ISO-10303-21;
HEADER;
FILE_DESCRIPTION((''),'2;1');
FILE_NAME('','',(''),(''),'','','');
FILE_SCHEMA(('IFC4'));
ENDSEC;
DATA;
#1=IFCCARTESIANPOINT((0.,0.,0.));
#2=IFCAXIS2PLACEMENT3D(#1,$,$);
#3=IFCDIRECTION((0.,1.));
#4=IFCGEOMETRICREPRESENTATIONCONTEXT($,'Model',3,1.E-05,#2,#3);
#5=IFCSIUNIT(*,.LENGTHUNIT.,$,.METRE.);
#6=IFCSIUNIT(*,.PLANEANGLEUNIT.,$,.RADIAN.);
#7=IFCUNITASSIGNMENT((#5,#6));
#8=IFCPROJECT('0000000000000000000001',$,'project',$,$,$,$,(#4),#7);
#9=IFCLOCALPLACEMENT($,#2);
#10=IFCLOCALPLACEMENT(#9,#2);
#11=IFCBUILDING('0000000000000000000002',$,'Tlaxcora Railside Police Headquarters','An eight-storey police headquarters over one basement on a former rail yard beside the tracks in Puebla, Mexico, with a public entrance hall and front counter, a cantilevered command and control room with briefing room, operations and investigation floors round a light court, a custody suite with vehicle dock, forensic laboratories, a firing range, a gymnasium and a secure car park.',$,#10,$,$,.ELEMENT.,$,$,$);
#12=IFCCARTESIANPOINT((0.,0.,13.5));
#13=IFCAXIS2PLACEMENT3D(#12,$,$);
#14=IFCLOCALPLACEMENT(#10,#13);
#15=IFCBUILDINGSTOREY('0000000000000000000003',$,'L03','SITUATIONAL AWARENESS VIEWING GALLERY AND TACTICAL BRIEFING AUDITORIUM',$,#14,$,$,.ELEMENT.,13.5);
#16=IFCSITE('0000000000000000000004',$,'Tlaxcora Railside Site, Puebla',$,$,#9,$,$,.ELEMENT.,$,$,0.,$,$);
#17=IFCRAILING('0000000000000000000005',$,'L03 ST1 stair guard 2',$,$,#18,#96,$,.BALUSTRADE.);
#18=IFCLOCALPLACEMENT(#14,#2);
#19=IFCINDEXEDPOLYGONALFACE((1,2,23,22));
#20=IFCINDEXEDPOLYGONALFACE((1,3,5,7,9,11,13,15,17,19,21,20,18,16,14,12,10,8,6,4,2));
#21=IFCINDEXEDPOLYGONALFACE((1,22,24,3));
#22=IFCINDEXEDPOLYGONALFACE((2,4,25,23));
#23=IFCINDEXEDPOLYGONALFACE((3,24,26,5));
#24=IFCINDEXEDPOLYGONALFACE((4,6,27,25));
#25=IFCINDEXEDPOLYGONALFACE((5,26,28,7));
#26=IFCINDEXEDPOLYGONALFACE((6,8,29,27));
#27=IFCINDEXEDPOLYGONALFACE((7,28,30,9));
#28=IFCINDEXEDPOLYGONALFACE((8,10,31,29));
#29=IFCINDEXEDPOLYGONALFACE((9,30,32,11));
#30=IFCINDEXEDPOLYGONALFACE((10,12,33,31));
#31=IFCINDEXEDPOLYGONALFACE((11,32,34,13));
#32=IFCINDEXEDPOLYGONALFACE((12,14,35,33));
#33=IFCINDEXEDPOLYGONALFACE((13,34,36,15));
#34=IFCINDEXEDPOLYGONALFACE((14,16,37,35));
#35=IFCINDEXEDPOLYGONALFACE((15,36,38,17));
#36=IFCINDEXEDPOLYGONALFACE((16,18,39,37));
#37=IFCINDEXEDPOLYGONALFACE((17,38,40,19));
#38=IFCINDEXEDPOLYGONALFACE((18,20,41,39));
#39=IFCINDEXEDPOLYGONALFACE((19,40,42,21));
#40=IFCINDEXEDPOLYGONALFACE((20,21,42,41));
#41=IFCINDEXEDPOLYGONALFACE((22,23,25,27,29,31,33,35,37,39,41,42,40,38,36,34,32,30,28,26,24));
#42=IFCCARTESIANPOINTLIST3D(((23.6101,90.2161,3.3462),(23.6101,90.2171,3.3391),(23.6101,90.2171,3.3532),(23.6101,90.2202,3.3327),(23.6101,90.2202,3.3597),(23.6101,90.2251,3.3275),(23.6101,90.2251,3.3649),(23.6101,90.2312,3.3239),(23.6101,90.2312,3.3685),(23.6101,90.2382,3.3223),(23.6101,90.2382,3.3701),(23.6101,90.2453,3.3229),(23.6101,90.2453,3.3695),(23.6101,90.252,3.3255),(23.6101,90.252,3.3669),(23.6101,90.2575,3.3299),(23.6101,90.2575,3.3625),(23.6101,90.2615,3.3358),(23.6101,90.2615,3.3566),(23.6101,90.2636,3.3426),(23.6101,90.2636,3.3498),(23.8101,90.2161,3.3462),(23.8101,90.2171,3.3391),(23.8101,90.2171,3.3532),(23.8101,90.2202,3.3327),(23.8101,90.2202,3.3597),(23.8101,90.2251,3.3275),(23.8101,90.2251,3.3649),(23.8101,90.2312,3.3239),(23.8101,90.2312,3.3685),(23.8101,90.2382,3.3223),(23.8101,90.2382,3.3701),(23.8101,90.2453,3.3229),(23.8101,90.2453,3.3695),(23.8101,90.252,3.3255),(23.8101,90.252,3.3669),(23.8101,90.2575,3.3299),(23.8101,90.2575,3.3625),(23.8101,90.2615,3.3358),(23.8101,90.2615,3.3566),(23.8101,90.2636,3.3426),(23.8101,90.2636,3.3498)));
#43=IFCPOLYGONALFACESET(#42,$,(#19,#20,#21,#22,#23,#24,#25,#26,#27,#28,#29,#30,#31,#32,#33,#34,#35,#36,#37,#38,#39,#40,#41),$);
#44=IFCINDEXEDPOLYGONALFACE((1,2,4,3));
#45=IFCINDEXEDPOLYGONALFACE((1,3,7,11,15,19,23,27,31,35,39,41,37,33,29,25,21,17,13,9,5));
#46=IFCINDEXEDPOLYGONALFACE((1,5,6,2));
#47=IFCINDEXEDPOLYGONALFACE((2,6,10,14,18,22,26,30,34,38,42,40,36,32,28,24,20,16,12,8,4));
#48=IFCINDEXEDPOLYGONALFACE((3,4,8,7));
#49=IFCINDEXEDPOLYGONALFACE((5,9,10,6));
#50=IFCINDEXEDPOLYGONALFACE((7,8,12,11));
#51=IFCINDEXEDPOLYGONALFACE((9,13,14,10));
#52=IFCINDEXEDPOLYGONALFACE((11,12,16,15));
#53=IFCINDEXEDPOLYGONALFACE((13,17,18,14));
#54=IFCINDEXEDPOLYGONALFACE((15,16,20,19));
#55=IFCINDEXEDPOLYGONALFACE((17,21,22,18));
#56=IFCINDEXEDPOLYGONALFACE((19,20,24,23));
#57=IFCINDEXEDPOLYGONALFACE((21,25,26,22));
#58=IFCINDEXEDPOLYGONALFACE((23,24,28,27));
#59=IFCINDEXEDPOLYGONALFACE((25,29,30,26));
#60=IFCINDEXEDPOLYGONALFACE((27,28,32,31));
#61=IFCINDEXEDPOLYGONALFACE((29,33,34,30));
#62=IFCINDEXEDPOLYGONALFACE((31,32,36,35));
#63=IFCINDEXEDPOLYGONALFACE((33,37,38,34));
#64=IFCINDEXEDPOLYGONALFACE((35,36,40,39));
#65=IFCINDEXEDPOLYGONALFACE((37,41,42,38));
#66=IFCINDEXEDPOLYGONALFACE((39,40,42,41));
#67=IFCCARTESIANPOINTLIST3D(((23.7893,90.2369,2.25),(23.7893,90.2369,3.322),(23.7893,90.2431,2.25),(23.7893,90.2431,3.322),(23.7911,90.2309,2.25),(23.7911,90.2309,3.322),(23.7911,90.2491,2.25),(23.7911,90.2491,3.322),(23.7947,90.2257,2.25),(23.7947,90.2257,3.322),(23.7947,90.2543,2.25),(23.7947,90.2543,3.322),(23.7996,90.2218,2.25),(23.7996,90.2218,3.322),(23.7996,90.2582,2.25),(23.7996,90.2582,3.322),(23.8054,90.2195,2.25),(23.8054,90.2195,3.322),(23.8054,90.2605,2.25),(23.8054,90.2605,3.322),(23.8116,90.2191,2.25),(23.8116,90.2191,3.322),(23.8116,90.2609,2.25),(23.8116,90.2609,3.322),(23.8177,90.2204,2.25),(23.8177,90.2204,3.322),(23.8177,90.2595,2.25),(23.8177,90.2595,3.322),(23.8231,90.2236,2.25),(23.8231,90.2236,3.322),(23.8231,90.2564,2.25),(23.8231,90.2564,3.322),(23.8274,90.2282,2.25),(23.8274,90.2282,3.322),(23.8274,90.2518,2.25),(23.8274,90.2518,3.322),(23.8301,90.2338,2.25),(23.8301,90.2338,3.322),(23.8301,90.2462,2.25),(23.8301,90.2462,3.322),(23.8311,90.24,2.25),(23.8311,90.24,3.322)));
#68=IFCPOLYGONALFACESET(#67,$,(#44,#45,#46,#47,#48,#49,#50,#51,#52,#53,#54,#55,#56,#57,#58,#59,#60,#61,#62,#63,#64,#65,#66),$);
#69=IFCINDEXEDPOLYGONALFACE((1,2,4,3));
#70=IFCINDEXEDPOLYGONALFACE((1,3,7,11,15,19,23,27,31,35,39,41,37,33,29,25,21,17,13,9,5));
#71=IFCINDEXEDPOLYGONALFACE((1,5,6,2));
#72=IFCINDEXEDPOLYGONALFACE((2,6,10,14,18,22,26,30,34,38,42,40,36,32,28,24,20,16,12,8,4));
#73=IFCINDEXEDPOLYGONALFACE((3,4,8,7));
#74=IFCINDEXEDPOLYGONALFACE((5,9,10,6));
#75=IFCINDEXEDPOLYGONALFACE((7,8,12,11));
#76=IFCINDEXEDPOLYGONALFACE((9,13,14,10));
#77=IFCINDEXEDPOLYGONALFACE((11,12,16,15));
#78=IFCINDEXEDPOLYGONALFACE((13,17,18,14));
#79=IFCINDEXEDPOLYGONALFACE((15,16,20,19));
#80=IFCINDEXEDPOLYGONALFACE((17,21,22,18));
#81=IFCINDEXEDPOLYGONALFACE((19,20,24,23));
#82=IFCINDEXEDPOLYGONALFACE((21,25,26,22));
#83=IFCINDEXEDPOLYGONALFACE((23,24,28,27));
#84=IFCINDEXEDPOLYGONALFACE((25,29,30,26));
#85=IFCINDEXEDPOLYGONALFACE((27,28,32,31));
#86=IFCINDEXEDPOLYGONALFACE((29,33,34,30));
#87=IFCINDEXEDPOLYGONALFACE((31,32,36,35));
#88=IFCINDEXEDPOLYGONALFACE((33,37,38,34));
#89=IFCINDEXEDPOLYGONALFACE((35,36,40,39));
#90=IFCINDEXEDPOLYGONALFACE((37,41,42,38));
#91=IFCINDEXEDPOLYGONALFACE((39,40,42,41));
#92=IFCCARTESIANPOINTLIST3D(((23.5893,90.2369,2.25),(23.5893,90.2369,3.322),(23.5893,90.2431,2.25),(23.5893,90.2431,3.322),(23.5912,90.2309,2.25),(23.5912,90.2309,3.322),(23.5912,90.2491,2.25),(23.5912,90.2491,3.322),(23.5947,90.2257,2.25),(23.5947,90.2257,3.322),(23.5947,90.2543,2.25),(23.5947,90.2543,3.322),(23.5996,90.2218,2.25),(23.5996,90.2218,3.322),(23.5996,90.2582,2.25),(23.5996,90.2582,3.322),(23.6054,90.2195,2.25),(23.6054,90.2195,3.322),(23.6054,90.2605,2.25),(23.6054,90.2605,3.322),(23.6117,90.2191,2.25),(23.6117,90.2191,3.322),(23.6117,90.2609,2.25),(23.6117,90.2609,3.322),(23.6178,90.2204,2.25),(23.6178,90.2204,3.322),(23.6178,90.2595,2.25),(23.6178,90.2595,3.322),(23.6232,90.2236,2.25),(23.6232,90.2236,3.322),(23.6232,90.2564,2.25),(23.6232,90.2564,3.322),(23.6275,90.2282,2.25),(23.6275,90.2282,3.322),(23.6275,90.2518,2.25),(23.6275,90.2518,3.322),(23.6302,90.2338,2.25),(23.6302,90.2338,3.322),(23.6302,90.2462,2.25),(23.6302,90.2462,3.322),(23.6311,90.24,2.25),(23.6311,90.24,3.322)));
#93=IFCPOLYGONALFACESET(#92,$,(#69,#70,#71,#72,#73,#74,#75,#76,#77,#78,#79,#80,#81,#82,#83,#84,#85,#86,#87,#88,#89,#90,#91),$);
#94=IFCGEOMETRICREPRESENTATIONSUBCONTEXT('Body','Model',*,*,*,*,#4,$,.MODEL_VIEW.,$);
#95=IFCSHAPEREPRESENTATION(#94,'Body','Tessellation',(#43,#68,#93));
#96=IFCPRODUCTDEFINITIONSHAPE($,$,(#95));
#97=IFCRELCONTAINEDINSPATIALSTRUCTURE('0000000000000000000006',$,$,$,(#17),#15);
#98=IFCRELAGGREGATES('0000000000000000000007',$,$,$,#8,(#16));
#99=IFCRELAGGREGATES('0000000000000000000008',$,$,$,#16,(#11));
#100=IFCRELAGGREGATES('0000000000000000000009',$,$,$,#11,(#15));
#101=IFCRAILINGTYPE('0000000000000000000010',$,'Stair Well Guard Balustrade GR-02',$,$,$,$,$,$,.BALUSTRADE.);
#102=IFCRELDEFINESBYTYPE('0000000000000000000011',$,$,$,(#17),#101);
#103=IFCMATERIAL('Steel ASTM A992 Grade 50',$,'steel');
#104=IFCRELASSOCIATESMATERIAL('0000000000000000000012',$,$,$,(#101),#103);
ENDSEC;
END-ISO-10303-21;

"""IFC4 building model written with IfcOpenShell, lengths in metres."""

from ifc_helpers import new_model, si_unit, direction, frame, origin, origin_2d, place, context, subcontext, project, spatial, circle, extrude, material, type_object, element, save


model = new_model("IFC4")

# Units and contexts
model_context = context("Model", 3, precision=1e-05, world=origin(), true_north=direction((0.0, 1.0)))
body_context = subcontext(model_context, "Body", "Model", "MODEL_VIEW")
ifc_project = project(units=[si_unit("LENGTHUNIT", "METRE"), si_unit("PLANEANGLEUNIT", "RADIAN")], contexts=[model_context])

# Site, building, storey
site_placement = place(None, origin())
site = spatial("IfcSite", under=ifc_project, at=site_placement, Name="Tlaxcora Railside Site, Puebla", CompositionType="ELEMENT", RefElevation=0.0)
building_placement = place(site_placement, origin())
building = spatial("IfcBuilding", under=site, at=building_placement, Name="Tlaxcora Railside Police Headquarters", Description="An eight-storey police headquarters over one basement on a former rail yard beside the tracks in Puebla, Mexico, with a public entrance hall and front counter, a cantilevered command and control room with briefing room, operations and investigation floors round a light court, a custody suite with vehicle dock, forensic laboratories, a firing range, a gymnasium and a secure car park.", CompositionType="ELEMENT")
storey_placement = place(building_placement, frame((0.0, 0.0, 13.5)))
storey = spatial("IfcBuildingStorey", under=building, at=storey_placement, Name="L03", Description="SITUATIONAL AWARENESS VIEWING GALLERY AND TACTICAL BRIEFING AUDITORIUM", CompositionType="ELEMENT", Elevation=13.5)

# Shared definitions
ifc_material_1 = material(Name="Steel ASTM A992 Grade 50", Category="steel")

# Railing
railing_type_1 = type_object("IfcRailingType", Name="Stair Well Guard Balustrade GR-02", PredefinedType="BALUSTRADE", material=ifc_material_1)
railing_1_placement = place(storey_placement, frame((23.8101, 90.24, 2.25)))
element("IfcRailing", 1, at=railing_1_placement, inside=storey, type_object=railing_type_1, Name="L03 ST1 stair guard 2", PredefinedType="BALUSTRADE", context=body_context, shape_type="SweptSolid", body=[
    extrude(circle(Radius=0.0239, at=origin_2d()), frame((0.0, 0.0, 1.0962), z_axis=(-1.0, 0.0, 0.0), x_axis=(0.0, -1.0, 0.0)), (0.0, 0.0, 1.0), 0.2),
    extrude(circle(Radius=0.021, at=origin_2d()), origin(), (0.0, 0.0, 1.0), 1.072),
    extrude(circle(Radius=0.021, at=origin_2d()), frame((-0.2, 0.0, 0.0)), (0.0, 0.0, 1.0), 1.072),
])

save(model, "model.ifc")
